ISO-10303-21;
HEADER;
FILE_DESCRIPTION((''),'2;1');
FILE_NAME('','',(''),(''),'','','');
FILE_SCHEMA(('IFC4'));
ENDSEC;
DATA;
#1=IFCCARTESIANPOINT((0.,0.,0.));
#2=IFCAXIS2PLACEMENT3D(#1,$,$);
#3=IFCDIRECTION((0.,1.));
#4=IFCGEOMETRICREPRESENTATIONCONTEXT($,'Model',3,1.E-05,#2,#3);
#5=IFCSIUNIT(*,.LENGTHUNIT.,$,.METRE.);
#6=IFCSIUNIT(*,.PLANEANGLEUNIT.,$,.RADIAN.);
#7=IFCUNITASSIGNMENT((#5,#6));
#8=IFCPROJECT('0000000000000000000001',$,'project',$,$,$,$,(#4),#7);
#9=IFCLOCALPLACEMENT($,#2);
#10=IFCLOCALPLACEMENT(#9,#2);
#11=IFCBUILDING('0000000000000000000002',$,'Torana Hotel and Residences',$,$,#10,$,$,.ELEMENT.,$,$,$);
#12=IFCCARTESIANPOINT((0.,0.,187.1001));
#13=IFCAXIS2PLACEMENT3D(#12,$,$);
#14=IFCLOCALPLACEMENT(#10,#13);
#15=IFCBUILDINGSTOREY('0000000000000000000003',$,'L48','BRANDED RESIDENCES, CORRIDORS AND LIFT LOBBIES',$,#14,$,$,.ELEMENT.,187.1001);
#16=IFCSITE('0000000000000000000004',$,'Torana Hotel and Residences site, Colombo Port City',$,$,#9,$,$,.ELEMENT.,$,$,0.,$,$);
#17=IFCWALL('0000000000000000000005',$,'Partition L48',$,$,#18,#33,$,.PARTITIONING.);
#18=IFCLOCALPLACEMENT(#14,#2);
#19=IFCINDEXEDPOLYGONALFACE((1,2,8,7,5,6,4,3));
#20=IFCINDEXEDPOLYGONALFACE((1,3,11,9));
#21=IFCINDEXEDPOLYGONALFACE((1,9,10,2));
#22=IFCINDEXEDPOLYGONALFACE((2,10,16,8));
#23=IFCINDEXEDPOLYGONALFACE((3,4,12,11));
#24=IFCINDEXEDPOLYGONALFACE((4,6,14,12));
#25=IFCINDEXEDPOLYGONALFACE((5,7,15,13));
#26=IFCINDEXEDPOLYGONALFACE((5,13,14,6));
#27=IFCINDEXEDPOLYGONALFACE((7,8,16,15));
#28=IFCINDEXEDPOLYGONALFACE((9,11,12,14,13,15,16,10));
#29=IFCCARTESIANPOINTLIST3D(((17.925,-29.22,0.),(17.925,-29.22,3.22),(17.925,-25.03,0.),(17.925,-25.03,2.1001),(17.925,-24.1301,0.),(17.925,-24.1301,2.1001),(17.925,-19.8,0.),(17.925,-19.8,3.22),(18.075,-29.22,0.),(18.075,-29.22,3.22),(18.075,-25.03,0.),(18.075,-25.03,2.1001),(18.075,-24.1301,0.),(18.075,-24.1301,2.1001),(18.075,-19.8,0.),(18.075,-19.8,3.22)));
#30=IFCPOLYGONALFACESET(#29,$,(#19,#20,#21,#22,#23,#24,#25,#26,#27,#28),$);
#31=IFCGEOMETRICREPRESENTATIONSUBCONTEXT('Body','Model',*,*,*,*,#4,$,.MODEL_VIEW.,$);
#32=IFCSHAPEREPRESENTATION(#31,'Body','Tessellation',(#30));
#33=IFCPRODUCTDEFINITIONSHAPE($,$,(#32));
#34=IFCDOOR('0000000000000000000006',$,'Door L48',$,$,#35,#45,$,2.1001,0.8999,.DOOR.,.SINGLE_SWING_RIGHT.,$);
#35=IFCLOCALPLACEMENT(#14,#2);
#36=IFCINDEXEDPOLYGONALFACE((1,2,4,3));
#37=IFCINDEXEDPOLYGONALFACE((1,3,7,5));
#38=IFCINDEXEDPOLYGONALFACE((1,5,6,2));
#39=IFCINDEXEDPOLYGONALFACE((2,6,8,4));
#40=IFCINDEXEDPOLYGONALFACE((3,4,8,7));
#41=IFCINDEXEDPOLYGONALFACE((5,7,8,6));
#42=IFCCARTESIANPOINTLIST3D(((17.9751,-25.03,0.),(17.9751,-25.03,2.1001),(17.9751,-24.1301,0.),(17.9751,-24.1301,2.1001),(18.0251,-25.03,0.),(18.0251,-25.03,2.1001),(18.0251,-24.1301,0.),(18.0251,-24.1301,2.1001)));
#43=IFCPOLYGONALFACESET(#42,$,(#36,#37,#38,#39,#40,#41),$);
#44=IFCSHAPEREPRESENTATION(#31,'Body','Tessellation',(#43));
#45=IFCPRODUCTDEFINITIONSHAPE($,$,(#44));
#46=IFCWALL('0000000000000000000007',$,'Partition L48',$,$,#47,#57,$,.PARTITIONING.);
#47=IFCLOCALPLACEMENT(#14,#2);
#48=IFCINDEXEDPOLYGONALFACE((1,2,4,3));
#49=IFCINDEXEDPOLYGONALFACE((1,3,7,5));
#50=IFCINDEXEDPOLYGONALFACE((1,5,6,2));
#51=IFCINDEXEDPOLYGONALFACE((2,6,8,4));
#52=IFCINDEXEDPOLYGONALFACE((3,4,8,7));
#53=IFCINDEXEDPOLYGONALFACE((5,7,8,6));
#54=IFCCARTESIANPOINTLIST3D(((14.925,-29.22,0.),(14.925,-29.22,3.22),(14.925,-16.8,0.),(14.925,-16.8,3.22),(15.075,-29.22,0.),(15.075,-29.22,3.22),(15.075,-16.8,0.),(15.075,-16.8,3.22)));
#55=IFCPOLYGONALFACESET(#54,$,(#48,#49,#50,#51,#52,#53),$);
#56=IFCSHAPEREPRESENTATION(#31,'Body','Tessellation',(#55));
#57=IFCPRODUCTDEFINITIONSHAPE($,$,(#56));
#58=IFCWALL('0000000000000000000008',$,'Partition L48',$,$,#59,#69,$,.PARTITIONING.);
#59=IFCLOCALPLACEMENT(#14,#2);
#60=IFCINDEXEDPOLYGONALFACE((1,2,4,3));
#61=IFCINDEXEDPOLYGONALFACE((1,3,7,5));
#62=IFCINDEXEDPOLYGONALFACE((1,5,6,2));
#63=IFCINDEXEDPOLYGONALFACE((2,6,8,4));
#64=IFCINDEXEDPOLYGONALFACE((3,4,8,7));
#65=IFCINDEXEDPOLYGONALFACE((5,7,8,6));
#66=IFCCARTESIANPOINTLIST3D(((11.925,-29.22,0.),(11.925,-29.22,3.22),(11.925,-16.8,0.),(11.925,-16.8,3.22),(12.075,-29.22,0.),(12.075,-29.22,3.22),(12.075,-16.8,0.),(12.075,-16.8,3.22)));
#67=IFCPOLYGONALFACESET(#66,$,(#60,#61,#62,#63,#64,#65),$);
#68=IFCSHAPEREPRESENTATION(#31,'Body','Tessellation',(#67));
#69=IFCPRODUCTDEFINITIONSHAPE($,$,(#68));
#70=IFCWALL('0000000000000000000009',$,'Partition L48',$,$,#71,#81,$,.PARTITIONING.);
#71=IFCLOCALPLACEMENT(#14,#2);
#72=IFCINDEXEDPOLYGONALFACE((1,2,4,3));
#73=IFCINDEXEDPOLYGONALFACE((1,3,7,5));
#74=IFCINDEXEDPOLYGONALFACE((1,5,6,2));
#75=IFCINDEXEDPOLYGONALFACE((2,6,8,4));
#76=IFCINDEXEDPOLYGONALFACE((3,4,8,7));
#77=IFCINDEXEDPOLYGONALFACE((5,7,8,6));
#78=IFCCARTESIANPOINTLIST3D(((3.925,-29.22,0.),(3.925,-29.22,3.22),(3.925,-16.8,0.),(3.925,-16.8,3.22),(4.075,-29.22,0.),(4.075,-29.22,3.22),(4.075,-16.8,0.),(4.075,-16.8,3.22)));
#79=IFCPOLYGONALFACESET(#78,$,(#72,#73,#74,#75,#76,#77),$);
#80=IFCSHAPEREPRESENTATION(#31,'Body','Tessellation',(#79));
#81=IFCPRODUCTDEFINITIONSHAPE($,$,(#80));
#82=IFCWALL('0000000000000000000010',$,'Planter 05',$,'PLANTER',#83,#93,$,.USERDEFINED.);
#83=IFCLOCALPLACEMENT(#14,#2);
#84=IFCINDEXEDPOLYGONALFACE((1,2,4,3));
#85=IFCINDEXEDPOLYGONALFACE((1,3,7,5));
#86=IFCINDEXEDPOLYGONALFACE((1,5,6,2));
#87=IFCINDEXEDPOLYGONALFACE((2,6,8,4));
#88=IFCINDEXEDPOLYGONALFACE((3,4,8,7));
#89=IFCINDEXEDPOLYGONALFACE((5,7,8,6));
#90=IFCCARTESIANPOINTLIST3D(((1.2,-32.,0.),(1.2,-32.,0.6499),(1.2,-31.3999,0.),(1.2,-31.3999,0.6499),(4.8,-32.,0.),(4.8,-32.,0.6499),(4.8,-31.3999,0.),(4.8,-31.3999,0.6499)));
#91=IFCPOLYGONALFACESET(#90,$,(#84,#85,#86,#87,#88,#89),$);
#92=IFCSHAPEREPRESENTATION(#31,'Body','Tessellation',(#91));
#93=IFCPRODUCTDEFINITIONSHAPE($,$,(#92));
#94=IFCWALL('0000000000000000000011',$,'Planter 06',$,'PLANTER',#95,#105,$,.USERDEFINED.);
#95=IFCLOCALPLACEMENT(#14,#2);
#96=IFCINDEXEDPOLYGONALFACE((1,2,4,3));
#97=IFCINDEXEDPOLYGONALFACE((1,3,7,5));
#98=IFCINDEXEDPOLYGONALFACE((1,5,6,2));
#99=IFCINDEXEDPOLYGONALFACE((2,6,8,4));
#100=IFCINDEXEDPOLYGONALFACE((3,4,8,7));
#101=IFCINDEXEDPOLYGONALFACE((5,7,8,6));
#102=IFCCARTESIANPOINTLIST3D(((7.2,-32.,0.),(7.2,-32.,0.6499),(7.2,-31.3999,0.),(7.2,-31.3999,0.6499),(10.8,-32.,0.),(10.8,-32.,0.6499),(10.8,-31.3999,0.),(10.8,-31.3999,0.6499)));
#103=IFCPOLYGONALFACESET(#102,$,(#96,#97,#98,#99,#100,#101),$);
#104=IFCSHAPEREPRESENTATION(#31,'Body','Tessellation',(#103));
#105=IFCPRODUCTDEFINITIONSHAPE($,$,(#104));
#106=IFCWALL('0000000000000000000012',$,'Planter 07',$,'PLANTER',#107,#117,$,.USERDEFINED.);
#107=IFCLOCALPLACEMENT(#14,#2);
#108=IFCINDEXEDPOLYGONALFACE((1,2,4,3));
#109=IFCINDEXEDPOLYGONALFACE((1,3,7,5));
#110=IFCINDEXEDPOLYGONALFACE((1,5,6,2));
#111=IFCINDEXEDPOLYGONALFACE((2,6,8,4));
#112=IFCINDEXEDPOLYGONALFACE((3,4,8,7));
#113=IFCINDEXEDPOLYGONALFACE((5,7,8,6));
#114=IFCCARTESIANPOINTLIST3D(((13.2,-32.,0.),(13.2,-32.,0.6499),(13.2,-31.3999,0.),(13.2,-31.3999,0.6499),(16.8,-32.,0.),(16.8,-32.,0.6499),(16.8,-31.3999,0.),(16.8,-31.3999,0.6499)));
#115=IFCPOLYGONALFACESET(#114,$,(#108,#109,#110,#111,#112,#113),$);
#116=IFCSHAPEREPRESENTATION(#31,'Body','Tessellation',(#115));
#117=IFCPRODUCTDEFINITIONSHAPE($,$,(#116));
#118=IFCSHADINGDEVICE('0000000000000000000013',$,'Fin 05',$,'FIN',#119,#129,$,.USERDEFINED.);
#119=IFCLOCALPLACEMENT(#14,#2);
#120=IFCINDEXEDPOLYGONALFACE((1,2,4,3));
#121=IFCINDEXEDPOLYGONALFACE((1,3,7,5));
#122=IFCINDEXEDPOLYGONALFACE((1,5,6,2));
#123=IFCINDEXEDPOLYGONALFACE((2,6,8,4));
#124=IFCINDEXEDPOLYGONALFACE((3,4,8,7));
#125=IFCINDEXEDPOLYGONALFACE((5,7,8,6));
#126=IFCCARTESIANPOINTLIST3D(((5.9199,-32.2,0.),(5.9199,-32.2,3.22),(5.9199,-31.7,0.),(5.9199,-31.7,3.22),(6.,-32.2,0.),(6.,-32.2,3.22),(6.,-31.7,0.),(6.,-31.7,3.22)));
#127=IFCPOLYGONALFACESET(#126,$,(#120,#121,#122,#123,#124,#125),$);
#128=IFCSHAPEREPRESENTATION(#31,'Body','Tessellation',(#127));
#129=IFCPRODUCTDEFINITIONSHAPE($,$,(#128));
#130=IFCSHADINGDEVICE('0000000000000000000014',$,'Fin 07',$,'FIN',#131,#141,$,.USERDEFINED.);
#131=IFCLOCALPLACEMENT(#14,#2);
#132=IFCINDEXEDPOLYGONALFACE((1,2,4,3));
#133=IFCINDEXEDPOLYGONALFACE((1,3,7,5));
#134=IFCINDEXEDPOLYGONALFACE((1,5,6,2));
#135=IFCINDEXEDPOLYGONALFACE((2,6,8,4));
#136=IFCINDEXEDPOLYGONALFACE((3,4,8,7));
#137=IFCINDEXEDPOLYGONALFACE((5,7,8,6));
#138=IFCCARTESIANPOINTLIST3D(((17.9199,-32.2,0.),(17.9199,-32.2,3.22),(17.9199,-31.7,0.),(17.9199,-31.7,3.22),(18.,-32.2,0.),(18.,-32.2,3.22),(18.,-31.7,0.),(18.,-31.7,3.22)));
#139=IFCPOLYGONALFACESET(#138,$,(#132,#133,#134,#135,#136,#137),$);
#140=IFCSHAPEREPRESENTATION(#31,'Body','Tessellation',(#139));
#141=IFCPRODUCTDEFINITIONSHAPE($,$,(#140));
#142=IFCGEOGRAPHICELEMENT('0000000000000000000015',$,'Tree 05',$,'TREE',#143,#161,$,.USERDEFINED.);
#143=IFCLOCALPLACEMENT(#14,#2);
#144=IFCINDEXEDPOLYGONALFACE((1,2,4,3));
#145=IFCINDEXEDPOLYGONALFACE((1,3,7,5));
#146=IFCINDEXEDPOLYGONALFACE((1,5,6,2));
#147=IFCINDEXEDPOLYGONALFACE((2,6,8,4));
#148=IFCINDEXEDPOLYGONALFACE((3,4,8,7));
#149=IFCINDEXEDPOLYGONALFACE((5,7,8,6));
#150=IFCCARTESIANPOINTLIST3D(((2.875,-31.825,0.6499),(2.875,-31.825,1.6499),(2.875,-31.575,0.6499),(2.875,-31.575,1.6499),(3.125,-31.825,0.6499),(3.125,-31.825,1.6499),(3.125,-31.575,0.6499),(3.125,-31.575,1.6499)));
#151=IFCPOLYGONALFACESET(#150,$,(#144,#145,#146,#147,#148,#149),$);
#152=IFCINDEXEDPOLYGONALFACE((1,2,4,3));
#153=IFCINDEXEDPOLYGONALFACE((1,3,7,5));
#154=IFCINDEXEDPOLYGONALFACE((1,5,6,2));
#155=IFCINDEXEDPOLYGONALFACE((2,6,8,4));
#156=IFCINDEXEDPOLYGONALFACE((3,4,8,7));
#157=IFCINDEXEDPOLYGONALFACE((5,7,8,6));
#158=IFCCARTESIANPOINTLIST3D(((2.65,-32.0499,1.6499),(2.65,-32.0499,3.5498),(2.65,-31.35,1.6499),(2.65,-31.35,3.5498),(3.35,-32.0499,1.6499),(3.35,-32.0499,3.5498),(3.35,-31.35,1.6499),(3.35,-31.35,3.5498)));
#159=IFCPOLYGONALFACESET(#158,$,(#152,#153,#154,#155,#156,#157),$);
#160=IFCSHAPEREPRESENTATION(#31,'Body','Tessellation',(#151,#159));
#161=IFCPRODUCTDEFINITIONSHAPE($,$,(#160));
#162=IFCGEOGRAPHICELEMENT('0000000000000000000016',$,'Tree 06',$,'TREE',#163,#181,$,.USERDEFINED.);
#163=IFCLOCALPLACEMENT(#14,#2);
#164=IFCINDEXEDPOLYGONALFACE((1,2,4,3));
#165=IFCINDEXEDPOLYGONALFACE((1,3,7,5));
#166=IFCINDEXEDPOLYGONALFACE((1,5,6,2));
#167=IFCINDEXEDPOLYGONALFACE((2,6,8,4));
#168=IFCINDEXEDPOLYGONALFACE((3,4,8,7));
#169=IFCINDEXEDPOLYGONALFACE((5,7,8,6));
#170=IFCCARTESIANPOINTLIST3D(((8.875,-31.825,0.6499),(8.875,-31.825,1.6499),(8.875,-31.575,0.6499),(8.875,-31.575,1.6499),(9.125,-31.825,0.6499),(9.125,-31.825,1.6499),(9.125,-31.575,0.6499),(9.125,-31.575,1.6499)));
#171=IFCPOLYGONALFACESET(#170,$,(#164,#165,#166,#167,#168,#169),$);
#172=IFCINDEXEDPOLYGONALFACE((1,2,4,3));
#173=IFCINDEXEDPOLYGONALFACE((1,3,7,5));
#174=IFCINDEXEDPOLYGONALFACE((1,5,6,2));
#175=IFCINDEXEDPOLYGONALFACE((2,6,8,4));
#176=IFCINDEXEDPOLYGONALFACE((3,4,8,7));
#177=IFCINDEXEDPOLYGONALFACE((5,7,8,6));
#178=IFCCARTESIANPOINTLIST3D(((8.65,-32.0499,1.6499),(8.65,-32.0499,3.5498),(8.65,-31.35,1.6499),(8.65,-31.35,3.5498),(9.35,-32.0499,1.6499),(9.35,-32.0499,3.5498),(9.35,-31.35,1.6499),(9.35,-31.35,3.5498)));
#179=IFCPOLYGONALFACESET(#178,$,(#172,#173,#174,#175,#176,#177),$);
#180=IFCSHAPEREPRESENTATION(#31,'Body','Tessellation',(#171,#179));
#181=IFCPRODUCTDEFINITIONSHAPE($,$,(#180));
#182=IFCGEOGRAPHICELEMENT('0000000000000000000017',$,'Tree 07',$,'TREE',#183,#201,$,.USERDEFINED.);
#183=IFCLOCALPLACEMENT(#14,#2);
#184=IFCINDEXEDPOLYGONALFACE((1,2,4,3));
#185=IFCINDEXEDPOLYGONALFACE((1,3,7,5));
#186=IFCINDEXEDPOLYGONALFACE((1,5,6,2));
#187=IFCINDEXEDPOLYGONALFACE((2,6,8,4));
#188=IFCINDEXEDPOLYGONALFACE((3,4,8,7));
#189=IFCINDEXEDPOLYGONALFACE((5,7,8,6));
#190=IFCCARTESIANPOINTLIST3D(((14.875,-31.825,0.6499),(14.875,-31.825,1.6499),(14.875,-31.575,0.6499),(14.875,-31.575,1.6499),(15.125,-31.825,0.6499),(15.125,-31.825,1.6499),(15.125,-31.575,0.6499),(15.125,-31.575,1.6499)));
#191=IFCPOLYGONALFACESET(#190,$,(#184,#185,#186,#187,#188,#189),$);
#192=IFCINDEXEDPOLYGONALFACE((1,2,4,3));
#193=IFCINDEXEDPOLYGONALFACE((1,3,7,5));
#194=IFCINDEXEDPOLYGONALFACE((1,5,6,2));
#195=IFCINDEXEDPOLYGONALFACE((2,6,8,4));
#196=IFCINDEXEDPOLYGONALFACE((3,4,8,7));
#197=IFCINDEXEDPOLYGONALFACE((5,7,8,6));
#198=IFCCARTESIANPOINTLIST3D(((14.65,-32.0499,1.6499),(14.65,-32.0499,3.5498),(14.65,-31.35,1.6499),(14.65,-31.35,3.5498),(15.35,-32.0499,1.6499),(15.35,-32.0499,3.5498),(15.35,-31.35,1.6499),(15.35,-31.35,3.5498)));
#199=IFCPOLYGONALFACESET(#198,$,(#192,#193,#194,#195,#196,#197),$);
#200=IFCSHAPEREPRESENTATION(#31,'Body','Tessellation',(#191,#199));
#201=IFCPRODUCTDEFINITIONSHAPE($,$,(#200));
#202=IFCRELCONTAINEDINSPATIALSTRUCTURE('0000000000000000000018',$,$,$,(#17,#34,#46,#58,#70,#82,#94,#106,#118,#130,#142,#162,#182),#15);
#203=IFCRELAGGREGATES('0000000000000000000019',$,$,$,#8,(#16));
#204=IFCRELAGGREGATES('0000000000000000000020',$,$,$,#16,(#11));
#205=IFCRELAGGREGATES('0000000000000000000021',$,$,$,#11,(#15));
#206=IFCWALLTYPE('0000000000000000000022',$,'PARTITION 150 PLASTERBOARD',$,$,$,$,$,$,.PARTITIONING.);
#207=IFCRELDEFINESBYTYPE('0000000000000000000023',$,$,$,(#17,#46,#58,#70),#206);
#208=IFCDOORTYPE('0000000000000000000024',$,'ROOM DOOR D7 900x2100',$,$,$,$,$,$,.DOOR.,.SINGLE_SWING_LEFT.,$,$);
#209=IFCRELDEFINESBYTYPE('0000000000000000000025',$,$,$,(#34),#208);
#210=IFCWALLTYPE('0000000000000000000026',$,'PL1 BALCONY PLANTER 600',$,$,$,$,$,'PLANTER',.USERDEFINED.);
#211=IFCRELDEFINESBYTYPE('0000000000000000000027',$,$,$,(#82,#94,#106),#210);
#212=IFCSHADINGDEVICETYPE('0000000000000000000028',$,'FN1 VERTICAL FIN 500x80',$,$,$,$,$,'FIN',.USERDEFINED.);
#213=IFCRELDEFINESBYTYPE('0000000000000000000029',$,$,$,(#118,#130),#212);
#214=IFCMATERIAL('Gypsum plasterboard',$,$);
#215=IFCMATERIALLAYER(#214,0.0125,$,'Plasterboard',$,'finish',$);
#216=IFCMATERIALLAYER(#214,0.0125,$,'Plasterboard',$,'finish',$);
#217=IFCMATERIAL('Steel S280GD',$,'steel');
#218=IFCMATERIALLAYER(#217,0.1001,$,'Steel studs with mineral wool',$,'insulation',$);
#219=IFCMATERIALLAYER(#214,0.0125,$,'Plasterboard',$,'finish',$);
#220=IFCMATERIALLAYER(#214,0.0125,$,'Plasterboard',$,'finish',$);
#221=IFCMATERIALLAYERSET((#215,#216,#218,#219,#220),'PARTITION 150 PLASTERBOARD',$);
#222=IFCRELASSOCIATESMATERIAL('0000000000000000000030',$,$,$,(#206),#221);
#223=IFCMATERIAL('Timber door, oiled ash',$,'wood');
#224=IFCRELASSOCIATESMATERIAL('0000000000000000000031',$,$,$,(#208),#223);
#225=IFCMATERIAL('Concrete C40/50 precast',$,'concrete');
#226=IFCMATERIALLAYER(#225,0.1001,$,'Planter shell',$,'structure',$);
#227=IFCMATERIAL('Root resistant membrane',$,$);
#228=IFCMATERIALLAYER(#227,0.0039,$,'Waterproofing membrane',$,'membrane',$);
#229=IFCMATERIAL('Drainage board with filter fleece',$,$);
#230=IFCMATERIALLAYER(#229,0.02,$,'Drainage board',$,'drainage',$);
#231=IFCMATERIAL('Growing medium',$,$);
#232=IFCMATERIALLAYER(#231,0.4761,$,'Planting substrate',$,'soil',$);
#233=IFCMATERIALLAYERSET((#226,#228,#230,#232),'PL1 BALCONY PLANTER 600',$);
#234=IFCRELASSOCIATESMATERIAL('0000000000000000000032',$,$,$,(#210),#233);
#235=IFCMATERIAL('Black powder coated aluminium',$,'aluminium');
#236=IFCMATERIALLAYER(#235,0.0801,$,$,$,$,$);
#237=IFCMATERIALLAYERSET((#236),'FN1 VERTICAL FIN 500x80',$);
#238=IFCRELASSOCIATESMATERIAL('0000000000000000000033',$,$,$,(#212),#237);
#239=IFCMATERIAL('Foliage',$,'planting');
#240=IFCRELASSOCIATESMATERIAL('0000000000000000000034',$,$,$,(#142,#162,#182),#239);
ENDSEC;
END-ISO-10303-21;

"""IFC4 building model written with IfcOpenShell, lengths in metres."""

from ifc_helpers import new_model, si_unit, direction, frame, frame_2d, origin, origin_2d, place, context, subcontext, project, spatial, rectangle, extrude, material, layer, layer_set, type_object, element, fill, save


model = new_model("IFC4")

# Units and contexts
model_context = context("Model", 3, precision=1e-05, world=origin(), true_north=direction((0.0, 1.0)))
body_context = subcontext(model_context, "Body", "Model", "MODEL_VIEW")
ifc_project = project(units=[si_unit("LENGTHUNIT", "METRE"), si_unit("PLANEANGLEUNIT", "RADIAN")], contexts=[model_context])

# Site, building, storey
site_placement = place(None, origin())
site = spatial("IfcSite", under=ifc_project, at=site_placement, Name="Torana Hotel and Residences site, Colombo Port City", CompositionType="ELEMENT", RefElevation=0.0)
building_placement = place(site_placement, origin())
building = spatial("IfcBuilding", under=site, at=building_placement, Name="Torana Hotel and Residences", CompositionType="ELEMENT")
storey_placement = place(building_placement, frame((0.0, 0.0, 187.1001)))
storey = spatial("IfcBuildingStorey", under=building, at=storey_placement, Name="L48", Description="BRANDED RESIDENCES, CORRIDORS AND LIFT LOBBIES", CompositionType="ELEMENT", Elevation=187.1001)

# Wall, opening, door
ifc_material_1 = material(Name="Gypsum plasterboard")
ifc_layer_1 = layer(ifc_material_1, 0.0125, Name="Plasterboard", Category="finish")
ifc_layer_2 = layer(ifc_material_1, 0.0125, Name="Plasterboard", Category="finish")
ifc_material_2 = material(Name="Steel S280GD", Category="steel")
ifc_layer_3 = layer(ifc_material_2, 0.1001, Name="Steel studs with mineral wool", Category="insulation")
ifc_layer_4 = layer(ifc_material_1, 0.0125, Name="Plasterboard", Category="finish")
ifc_layer_5 = layer(ifc_material_1, 0.0125, Name="Plasterboard", Category="finish")
ifc_layer_set_1 = layer_set([ifc_layer_1, ifc_layer_2, ifc_layer_3, ifc_layer_4, ifc_layer_5], Name="PARTITION 150 PLASTERBOARD")
wall_type_1 = type_object("IfcWallType", Name="PARTITION 150 PLASTERBOARD", PredefinedType="PARTITIONING", material=ifc_layer_set_1)
wall_placement = place(storey_placement, frame((18.0, -29.22, 0.0), z_axis=(0.0, 0.0, 1.0), x_axis=(0.0, 1.0, 0.0)))
wall = element("IfcWall", 1, at=wall_placement, inside=storey, type_object=wall_type_1, Name="Partition L48", PredefinedType="PARTITIONING", context=body_context, shape_type="SweptSolid", body=[
    extrude(rectangle(XDim=9.4199, YDim=0.1499, at=frame_2d((4.71, 0.0))), origin(), (0.0, 0.0, 1.0), 3.22),
])
opening_placement = place(wall_placement, frame((4.1899, 0.0, 0.0)))
opening = element("IfcOpeningElement", 2, at=opening_placement, cuts=wall, PredefinedType="OPENING", context=body_context, shape_type="SweptSolid", body=[
    extrude(rectangle(XDim=0.8999, YDim=2.1001, at=frame_2d((0.45, 1.05))), frame((0.0, 0.085, 0.0), z_axis=(0.0, -1.0, 0.0), x_axis=(1.0, 0.0, 0.0)), (0.0, 0.0, 1.0), 0.1699),
])
ifc_material_3 = material(Name="Timber door, oiled ash", Category="wood")
door_type = type_object("IfcDoorType", Name="ROOM DOOR D7 900x2100", OperationType="SINGLE_SWING_LEFT", PredefinedType="DOOR", material=ifc_material_3)
door_placement = place(opening_placement, origin())
door = element("IfcDoor", 3, at=door_placement, inside=storey, type_object=door_type, Name="Door L48", OperationType="SINGLE_SWING_RIGHT", OverallHeight=2.1001, OverallWidth=0.8999, PredefinedType="DOOR", context=body_context, shape_type="SweptSolid", body=[
    extrude(rectangle(XDim=0.8999, YDim=2.1001, at=frame_2d((0.45, 1.05))), frame((0.0, 0.0249, 0.0), z_axis=(0.0, -1.0, 0.0), x_axis=(1.0, 0.0, 0.0)), (0.0, 0.0, 1.0), 0.05),
])
fill(opening, door)

# Walls
for number, where, z_axis, x_axis, name in (
    (4, (15.0, -29.22, 0.0), (0.0, 0.0, 1.0), (0.0, 1.0, 0.0), "Partition L48"),
    (5, (12.0, -29.22, 0.0), (0.0, 0.0, 1.0), (0.0, 1.0, 0.0), "Partition L48"),
    (6, (4.0, -29.22, 0.0), (0.0, 0.0, 1.0), (0.0, 1.0, 0.0), "Partition L48"),
):
    element("IfcWall", number, at=place(storey_placement, frame(where, z_axis=z_axis, x_axis=x_axis)), inside=storey, type_object=wall_type_1, Name=name, PredefinedType="PARTITIONING", context=body_context, shape_type="SweptSolid", body=[
        extrude(rectangle(XDim=12.4199, YDim=0.1499, at=frame_2d((6.21, 0.0))), origin(), (0.0, 0.0, 1.0), 3.22),
    ])
ifc_material_4 = material(Name="Concrete C40/50 precast", Category="concrete")
ifc_layer_6 = layer(ifc_material_4, 0.1001, Name="Planter shell", Category="structure")
ifc_material_5 = material(Name="Root resistant membrane")
ifc_layer_7 = layer(ifc_material_5, 0.0039, Name="Waterproofing membrane", Category="membrane")
ifc_material_6 = material(Name="Drainage board with filter fleece")
ifc_layer_8 = layer(ifc_material_6, 0.02, Name="Drainage board", Category="drainage")
ifc_material_7 = material(Name="Growing medium")
ifc_layer_9 = layer(ifc_material_7, 0.4761, Name="Planting substrate", Category="soil")
ifc_layer_set_2 = layer_set([ifc_layer_6, ifc_layer_7, ifc_layer_8, ifc_layer_9], Name="PL1 BALCONY PLANTER 600")
wall_type_2 = type_object("IfcWallType", Name="PL1 BALCONY PLANTER 600", ElementType="PLANTER", PredefinedType="USERDEFINED", material=ifc_layer_set_2)
for number, where, z_axis, x_axis, name in (
    (7, (4.8, -31.7, 0.0), (0.0, 0.0, 1.0), (-1.0, 0.0, 0.0), "Planter 05"),
    (8, (10.8, -31.7, 0.0), (0.0, 0.0, 1.0), (-1.0, 0.0, 0.0), "Planter 06"),
    (9, (16.8, -31.7, 0.0), (0.0, 0.0, 1.0), (-1.0, 0.0, 0.0), "Planter 07"),
):
    element("IfcWall", number, at=place(storey_placement, frame(where, z_axis=z_axis, x_axis=x_axis)), inside=storey, type_object=wall_type_2, Name=name, ObjectType="PLANTER", PredefinedType="USERDEFINED", context=body_context, shape_type="SweptSolid", body=[
        extrude(rectangle(XDim=3.6001, YDim=0.6001, at=frame_2d((1.8, 0.0))), origin(), (0.0, 0.0, 1.0), 0.6499),
    ])

# Shading devices
ifc_material_8 = material(Name="Black powder coated aluminium", Category="aluminium")
ifc_layer_10 = layer(ifc_material_8, 0.0801)
ifc_layer_set_3 = layer_set([ifc_layer_10], Name="FN1 VERTICAL FIN 500x80")
shading_device_type = type_object("IfcShadingDeviceType", Name="FN1 VERTICAL FIN 500x80", ElementType="FIN", PredefinedType="USERDEFINED", material=ifc_layer_set_3)
for number, where, z_axis, x_axis, name in (
    (10, (5.96, -31.95, 0.0), (0.0, 0.0, 1.0), (-1.0, 0.0, 0.0), "Fin 05"),
    (11, (17.96, -31.95, 0.0), (0.0, 0.0, 1.0), (-1.0, 0.0, 0.0), "Fin 07"),
):
    element("IfcShadingDevice", number, at=place(storey_placement, frame(where, z_axis=z_axis, x_axis=x_axis)), inside=storey, type_object=shading_device_type, Name=name, ObjectType="FIN", PredefinedType="USERDEFINED", context=body_context, shape_type="SweptSolid", body=[
        extrude(rectangle(XDim=0.0801, YDim=0.5, at=origin_2d()), origin(), (0.0, 0.0, 1.0), 3.22),
    ])

# Geographic elements
ifc_material_9 = material(Name="Foliage", Category="planting")
for number, where, z_axis, x_axis, name in (
    (12, (3.0, -31.7, 0.6499), (0.0, 0.0, 1.0), (1.0, 0.0, 0.0), "Tree 05"),
    (13, (9.0, -31.7, 0.6499), (0.0, 0.0, 1.0), (1.0, 0.0, 0.0), "Tree 06"),
    (14, (15.0, -31.7, 0.6499), (0.0, 0.0, 1.0), (1.0, 0.0, 0.0), "Tree 07"),
):
    element("IfcGeographicElement", number, at=place(storey_placement, frame(where, z_axis=z_axis, x_axis=x_axis)), inside=storey, material=ifc_material_9, Name=name, ObjectType="TREE", PredefinedType="USERDEFINED", context=body_context, shape_type="SweptSolid", body=[
        extrude(rectangle(XDim=0.25, YDim=0.25, at=origin_2d()), origin(), (0.0, 0.0, 1.0), 1.0),
        extrude(rectangle(XDim=0.7, YDim=0.7, at=origin_2d()), frame((0.0, 0.0, 1.0)), (0.0, 0.0, 1.0), 1.8999),
    ])

save(model, "model.ifc")
